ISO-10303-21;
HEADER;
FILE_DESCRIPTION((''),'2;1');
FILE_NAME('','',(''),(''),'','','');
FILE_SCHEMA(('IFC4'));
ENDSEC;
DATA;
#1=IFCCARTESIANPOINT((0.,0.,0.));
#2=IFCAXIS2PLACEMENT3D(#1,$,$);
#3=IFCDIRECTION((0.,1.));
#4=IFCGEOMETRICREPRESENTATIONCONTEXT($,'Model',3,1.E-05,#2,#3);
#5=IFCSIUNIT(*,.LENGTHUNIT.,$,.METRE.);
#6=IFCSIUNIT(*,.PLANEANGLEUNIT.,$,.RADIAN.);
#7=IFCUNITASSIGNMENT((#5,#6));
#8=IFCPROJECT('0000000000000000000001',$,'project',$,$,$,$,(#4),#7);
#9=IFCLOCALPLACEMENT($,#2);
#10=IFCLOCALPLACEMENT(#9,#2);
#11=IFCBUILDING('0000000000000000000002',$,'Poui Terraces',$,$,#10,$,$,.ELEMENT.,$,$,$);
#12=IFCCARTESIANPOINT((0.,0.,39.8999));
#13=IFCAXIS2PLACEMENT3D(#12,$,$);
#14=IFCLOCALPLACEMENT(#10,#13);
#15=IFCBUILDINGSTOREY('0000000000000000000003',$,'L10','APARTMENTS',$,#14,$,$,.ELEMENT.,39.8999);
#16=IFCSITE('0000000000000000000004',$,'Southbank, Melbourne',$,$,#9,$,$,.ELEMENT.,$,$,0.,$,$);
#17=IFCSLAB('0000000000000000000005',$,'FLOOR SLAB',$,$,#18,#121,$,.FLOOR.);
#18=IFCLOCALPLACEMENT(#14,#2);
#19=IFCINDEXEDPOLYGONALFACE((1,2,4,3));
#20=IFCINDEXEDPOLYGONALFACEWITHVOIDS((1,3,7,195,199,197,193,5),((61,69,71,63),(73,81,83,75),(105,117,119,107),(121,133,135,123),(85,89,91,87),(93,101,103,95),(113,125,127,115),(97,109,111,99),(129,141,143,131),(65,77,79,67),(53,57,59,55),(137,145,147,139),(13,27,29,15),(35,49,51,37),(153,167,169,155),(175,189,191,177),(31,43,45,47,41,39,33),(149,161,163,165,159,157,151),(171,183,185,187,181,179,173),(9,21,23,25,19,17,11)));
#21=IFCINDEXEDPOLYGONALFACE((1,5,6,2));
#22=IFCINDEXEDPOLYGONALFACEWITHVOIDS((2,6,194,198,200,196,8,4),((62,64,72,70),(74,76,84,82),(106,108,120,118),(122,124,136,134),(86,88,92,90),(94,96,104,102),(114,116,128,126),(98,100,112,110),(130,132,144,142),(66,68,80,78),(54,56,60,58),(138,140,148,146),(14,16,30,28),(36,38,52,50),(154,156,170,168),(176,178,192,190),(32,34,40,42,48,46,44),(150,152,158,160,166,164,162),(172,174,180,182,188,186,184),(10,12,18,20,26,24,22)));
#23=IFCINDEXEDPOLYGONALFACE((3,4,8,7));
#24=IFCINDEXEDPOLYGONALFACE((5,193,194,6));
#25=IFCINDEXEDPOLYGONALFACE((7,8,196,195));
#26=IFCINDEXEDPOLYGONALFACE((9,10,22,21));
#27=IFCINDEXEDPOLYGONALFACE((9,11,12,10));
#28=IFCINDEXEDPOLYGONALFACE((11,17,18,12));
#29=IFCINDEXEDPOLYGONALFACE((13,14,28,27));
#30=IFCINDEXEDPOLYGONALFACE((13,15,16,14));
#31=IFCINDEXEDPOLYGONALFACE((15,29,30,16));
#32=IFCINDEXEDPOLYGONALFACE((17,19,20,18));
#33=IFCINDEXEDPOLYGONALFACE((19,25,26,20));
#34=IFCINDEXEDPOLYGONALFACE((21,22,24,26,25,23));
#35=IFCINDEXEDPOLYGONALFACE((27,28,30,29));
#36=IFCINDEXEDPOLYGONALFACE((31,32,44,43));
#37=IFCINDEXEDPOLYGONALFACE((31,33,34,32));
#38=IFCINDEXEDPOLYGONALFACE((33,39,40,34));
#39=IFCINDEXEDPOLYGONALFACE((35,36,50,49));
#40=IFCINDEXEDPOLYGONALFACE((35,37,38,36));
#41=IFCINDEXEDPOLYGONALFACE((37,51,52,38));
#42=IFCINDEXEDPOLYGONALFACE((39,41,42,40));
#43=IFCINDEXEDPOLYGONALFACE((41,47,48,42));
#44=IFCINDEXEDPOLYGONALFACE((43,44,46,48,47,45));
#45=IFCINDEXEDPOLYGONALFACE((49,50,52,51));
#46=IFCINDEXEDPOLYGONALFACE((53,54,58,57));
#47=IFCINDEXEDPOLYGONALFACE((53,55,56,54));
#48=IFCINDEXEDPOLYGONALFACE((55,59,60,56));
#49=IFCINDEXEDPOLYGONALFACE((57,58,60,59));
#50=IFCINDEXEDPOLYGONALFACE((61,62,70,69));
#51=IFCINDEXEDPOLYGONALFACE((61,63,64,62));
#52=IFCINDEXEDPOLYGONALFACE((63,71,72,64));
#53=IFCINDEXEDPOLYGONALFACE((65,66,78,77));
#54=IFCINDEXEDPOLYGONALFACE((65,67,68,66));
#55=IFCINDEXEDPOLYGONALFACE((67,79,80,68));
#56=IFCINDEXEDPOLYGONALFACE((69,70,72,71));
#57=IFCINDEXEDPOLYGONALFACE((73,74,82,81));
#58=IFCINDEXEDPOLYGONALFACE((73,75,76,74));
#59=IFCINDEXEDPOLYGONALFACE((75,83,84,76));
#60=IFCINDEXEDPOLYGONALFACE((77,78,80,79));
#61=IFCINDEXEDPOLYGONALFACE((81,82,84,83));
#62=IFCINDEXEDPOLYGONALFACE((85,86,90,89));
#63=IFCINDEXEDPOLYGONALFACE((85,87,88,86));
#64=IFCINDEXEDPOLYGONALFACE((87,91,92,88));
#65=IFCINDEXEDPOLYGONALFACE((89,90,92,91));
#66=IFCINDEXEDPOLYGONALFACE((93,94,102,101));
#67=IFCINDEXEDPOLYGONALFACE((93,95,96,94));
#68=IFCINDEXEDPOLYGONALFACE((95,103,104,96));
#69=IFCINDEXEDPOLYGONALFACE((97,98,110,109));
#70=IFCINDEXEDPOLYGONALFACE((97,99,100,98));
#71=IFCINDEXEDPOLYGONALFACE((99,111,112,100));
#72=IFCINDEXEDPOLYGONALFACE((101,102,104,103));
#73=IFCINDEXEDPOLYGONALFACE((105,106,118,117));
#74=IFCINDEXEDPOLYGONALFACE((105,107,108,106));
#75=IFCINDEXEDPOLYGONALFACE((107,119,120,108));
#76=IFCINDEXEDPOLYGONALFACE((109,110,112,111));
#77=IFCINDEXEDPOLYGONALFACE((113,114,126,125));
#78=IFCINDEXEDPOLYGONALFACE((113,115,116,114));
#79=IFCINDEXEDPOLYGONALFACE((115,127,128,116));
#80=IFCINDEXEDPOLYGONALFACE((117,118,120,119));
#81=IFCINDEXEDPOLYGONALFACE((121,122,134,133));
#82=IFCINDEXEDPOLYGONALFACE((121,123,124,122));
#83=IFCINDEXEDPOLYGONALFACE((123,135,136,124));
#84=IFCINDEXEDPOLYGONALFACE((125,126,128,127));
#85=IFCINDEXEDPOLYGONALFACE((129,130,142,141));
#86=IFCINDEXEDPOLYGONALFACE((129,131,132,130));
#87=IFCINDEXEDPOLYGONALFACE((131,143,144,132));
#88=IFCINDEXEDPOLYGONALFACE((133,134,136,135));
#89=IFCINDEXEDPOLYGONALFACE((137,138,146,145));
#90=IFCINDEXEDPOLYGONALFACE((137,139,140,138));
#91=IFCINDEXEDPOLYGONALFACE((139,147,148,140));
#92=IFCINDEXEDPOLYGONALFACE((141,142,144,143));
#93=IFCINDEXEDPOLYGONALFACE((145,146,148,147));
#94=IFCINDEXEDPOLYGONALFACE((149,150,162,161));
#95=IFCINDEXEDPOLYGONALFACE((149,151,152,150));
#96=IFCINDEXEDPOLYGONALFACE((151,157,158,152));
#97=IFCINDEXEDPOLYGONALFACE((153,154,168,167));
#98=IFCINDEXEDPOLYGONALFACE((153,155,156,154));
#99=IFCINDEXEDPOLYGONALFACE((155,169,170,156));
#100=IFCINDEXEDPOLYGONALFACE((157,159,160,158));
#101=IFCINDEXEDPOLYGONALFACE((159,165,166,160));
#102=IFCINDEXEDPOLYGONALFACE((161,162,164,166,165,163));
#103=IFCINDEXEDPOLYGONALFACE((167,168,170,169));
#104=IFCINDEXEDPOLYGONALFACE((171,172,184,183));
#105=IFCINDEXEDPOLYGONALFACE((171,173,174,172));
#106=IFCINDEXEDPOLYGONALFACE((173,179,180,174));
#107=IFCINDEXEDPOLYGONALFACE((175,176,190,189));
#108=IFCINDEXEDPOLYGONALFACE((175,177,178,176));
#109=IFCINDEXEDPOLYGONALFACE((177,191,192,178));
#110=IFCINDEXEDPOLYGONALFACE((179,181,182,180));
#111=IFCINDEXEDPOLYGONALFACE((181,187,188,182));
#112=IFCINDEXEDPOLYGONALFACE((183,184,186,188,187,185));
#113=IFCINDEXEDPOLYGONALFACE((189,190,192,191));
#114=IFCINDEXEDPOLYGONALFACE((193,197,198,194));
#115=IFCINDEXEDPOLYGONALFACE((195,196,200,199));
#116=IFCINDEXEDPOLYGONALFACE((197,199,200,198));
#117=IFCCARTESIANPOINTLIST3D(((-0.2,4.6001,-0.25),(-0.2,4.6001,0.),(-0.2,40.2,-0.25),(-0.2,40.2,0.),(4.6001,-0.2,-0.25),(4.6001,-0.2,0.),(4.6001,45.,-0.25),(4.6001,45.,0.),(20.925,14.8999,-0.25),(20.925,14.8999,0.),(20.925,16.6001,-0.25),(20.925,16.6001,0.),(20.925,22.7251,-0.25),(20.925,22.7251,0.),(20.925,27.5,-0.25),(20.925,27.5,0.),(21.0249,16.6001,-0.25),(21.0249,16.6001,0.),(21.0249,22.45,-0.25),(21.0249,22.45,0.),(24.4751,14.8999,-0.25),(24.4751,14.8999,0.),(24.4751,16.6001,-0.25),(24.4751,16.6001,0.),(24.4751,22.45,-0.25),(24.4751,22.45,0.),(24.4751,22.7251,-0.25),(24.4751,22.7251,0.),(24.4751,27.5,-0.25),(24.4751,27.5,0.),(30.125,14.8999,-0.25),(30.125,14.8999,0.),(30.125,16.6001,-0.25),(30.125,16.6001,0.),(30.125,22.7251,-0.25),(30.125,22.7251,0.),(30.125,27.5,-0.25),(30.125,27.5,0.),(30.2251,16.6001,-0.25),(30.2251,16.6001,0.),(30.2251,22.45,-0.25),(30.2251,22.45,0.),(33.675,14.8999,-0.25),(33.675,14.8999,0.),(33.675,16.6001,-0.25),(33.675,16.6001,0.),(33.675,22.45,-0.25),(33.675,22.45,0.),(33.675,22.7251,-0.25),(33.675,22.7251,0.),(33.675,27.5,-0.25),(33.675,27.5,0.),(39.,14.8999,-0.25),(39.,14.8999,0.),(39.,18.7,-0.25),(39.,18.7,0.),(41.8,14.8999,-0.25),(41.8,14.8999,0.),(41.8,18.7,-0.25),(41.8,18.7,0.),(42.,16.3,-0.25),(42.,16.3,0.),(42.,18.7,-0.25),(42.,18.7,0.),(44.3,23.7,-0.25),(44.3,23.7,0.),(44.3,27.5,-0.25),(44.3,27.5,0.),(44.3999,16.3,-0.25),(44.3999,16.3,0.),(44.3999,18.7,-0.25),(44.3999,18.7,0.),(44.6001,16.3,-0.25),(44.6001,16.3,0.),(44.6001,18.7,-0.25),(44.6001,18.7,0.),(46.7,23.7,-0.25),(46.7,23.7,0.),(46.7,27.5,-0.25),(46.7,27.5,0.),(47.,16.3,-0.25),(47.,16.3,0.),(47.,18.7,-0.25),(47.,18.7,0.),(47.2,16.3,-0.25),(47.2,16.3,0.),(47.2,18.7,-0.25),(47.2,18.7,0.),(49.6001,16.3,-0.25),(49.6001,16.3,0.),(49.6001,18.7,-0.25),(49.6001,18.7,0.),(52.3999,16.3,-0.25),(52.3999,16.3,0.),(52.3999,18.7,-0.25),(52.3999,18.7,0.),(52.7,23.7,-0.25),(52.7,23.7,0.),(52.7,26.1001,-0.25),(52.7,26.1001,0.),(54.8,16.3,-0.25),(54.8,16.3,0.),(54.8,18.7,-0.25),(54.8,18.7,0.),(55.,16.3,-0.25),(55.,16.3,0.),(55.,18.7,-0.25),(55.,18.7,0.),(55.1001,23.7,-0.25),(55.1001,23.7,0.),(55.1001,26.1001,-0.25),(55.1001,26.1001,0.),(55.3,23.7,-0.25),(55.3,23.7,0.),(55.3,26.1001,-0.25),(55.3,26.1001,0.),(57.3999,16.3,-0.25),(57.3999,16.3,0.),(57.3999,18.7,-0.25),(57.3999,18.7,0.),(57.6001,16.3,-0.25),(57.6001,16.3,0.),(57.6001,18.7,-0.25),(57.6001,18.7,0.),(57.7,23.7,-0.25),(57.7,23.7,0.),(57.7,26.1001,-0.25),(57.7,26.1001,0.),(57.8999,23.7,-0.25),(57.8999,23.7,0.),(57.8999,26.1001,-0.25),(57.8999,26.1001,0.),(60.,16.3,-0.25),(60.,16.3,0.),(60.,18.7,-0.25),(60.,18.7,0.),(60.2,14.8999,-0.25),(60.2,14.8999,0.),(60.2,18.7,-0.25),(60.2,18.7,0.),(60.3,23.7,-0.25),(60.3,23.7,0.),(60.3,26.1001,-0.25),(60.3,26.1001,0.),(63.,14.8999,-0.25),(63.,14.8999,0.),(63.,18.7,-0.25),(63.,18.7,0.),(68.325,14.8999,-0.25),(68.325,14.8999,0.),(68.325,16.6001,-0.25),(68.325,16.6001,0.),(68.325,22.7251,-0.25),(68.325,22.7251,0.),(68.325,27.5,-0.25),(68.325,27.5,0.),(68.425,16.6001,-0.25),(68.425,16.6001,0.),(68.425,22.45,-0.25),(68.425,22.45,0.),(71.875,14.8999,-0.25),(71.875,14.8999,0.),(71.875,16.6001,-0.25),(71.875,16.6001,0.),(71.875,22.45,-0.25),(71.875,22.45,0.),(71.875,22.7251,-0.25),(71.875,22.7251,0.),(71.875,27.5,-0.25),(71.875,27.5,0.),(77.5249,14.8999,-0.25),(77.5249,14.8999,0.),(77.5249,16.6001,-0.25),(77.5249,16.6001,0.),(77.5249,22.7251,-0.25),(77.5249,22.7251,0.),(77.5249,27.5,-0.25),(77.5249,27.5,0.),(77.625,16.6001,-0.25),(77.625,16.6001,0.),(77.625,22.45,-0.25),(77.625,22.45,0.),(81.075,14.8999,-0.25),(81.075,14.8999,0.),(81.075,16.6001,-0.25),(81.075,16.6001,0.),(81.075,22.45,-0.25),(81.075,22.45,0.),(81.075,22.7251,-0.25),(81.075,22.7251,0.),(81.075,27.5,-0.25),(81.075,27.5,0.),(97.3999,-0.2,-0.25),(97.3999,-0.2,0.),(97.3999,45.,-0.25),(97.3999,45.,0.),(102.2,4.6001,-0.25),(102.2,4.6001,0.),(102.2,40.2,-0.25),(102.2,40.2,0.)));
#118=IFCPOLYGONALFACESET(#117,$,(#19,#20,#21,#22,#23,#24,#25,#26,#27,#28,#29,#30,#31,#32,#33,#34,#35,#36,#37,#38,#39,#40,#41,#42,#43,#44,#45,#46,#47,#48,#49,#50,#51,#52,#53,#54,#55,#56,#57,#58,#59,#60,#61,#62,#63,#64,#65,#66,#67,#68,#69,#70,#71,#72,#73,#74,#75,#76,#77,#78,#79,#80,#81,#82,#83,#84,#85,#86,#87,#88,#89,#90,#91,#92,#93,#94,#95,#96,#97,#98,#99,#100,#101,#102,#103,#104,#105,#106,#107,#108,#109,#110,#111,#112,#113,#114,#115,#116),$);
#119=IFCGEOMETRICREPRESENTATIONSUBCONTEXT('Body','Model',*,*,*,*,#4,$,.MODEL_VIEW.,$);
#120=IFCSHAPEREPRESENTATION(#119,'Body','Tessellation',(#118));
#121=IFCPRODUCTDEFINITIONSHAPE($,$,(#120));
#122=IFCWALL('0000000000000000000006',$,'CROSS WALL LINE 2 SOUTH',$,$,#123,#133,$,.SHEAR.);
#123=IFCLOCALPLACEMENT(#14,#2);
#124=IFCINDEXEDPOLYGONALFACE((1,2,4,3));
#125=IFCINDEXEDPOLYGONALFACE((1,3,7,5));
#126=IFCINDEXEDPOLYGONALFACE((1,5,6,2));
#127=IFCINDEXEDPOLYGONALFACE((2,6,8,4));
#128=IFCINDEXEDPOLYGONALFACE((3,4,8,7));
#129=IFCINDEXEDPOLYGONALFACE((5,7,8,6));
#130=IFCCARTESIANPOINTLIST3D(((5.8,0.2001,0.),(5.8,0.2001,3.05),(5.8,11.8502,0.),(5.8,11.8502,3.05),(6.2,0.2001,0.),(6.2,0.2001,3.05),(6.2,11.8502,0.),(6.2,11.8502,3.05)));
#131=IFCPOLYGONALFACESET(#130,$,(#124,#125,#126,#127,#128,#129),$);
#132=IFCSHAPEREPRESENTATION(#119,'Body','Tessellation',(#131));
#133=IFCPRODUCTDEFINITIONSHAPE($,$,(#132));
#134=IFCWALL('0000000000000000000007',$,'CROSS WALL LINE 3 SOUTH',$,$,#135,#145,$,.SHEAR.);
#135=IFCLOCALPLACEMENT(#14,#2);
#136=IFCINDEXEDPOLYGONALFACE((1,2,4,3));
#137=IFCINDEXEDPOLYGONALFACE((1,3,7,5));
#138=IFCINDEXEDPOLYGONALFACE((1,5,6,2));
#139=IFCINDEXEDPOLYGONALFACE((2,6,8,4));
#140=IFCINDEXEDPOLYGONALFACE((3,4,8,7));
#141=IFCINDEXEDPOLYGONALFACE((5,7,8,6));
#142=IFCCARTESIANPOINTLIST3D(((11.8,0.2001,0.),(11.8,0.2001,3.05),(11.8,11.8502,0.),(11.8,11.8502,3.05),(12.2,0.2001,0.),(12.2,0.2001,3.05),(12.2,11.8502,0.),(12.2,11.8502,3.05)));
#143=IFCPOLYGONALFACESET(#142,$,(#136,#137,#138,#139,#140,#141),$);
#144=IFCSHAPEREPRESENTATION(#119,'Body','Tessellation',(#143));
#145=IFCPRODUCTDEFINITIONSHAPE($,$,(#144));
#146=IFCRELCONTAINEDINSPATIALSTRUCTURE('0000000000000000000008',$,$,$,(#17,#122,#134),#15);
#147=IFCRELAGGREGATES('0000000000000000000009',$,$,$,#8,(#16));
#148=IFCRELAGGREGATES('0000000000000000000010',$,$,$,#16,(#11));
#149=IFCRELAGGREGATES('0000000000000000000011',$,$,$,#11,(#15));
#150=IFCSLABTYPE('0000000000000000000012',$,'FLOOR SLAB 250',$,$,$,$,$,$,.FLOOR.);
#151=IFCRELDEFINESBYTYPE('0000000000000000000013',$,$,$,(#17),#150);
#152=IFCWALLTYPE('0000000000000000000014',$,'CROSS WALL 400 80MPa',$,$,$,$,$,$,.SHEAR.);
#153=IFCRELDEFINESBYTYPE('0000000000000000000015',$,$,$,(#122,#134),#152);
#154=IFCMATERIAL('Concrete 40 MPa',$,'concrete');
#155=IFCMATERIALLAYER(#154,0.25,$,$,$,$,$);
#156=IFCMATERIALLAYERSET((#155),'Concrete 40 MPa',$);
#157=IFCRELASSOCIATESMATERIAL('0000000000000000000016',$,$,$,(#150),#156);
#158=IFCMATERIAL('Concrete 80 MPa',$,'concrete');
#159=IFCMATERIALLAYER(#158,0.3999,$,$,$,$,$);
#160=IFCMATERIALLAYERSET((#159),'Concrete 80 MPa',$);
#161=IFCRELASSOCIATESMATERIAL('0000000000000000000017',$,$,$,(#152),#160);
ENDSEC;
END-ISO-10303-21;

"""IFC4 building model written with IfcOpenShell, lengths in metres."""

from ifc_helpers import new_model, si_unit, direction, frame, frame_2d, origin, place, context, subcontext, project, spatial, polyline, rectangle, outline, extrude, source, transform, mapped, material, layer, layer_set, type_object, element, save


model = new_model("IFC4")

# Units and contexts
model_context = context("Model", 3, precision=1e-05, world=origin(), true_north=direction((0.0, 1.0)))
body_context = subcontext(model_context, "Body", "Model", "MODEL_VIEW")
ifc_project = project(units=[si_unit("LENGTHUNIT", "METRE"), si_unit("PLANEANGLEUNIT", "RADIAN")], contexts=[model_context])

# Site, building, storey
site_placement = place(None, origin())
site = spatial("IfcSite", under=ifc_project, at=site_placement, Name="Southbank, Melbourne", CompositionType="ELEMENT", RefElevation=0.0)
building_placement = place(site_placement, origin())
building = spatial("IfcBuilding", under=site, at=building_placement, Name="Poui Terraces", CompositionType="ELEMENT")
storey_placement = place(building_placement, frame((0.0, 0.0, 39.8999)))
storey = spatial("IfcBuildingStorey", under=building, at=storey_placement, Name="L10", Description="APARTMENTS", CompositionType="ELEMENT", Elevation=39.8999)

# Shared definitions
ifc_material_1 = material(Name="Concrete 80 MPa", Category="concrete")

# Slab
ifc_material_2 = material(Name="Concrete 40 MPa", Category="concrete")
ifc_layer_1 = layer(ifc_material_2, 0.25)
ifc_layer_set_1 = layer_set([ifc_layer_1], Name="Concrete 40 MPa")
slab_type_1 = type_object("IfcSlabType", Name="FLOOR SLAB 250", PredefinedType="FLOOR", material=ifc_layer_set_1)
shared_shape = source(origin(), body_context, "Body", "SweptSolid", [
    extrude(outline(polyline([(0.0, 0.0), (4.8, -4.8), (97.5999, -4.8), (102.3999, 0.0), (102.3999, 35.5999), (97.5999, 40.3999), (4.8, 40.3999), (0.0, 35.5999), (0.0, 0.0)]), holes=[polyline([(39.2, 10.2998), (39.2, 14.0999), (42.0, 14.0999), (42.0, 10.2998), (39.2, 10.2998)]), polyline([(42.2, 11.7), (42.2, 14.0999), (44.5999, 14.0999), (44.5999, 11.7), (42.2, 11.7)]), polyline([(44.8, 11.7), (44.8, 14.0999), (47.2, 14.0999), (47.2, 11.7), (44.8, 11.7)]), polyline([(47.3999, 14.0999), (49.8, 14.0999), (49.8, 11.7), (47.3999, 11.7), (47.3999, 14.0999)]), polyline([(52.5999, 14.0999), (55.0, 14.0999), (55.0, 11.7), (52.5999, 11.7), (52.5999, 14.0999)]), polyline([(21.2249, 17.8499), (24.675, 17.8499), (24.675, 12.0), (24.675, 10.2998), (21.125, 10.2998), (21.125, 12.0), (21.2249, 12.0), (21.2249, 17.8499)]), polyline([(30.425, 17.8499), (33.875, 17.8499), (33.875, 12.0), (33.875, 10.2998), (30.325, 10.2998), (30.325, 12.0), (30.425, 12.0), (30.425, 17.8499)]), polyline([(21.125, 18.125), (21.125, 22.8999), (24.675, 22.8999), (24.675, 18.125), (21.125, 18.125)]), polyline([(30.325, 22.8999), (33.875, 22.8999), (33.875, 18.125), (30.325, 18.125), (30.325, 22.8999)]), polyline([(44.5, 22.8999), (46.8999, 22.8999), (46.8999, 19.0999), (44.5, 19.0999), (44.5, 22.8999)]), polyline([(60.3999, 10.2998), (60.3999, 14.0999), (63.2, 14.0999), (63.2, 10.2998), (60.3999, 10.2998)]), polyline([(55.2, 11.7), (55.2, 14.0999), (57.5999, 14.0999), (57.5999, 11.7), (55.2, 11.7)]), polyline([(57.8, 11.7), (57.8, 14.0999), (60.2, 14.0999), (60.2, 11.7), (57.8, 11.7)]), polyline([(72.075, 17.8499), (72.075, 12.0), (72.075, 10.2998), (68.5249, 10.2998), (68.5249, 12.0), (68.625, 12.0), (68.625, 17.8499), (72.075, 17.8499)]), polyline([(81.2749, 17.8499), (81.2749, 12.0), (81.2749, 10.2998), (77.7249, 10.2998), (77.7249, 12.0), (77.825, 12.0), (77.825, 17.8499), (81.2749, 17.8499)]), polyline([(52.8999, 19.0999), (52.8999, 21.5), (55.3, 21.5), (55.3, 19.0999), (52.8999, 19.0999)]), polyline([(55.5, 19.0999), (55.5, 21.5), (57.8999, 21.5), (57.8999, 19.0999), (55.5, 19.0999)]), polyline([(58.0999, 19.0999), (58.0999, 21.5), (60.5, 21.5), (60.5, 19.0999), (58.0999, 19.0999)]), polyline([(68.5249, 22.8999), (72.075, 22.8999), (72.075, 18.125), (68.5249, 18.125), (68.5249, 22.8999)]), polyline([(77.7249, 22.8999), (81.2749, 22.8999), (81.2749, 18.125), (77.7249, 18.125), (77.7249, 22.8999)])]), origin(), (0.0, 0.0, 1.0), 0.25),
])
slab_1_placement = place(storey_placement, frame((-0.2, 4.6001, -0.25)))
element("IfcSlab", 1, at=slab_1_placement, inside=storey, type_object=slab_type_1, Name="FLOOR SLAB", PredefinedType="FLOOR", context=body_context, shape_type="MappedRepresentation", body=[
    mapped(shared_shape, transform((0.0, 0.0, 0.0))),
])

# Walls
ifc_layer_2 = layer(ifc_material_1, 0.3999)
ifc_layer_set_2 = layer_set([ifc_layer_2], Name="Concrete 80 MPa")
wall_type_1 = type_object("IfcWallType", Name="CROSS WALL 400 80MPa", PredefinedType="SHEAR", material=ifc_layer_set_2)
for number, where, z_axis, x_axis, name in (
    (2, (6.0, 0.2, 0.0), (0.0, 0.0, 1.0), (0.0, 1.0, 0.0), "CROSS WALL LINE 2 SOUTH"),
    (3, (12.0, 0.2, 0.0), (0.0, 0.0, 1.0), (0.0, 1.0, 0.0), "CROSS WALL LINE 3 SOUTH"),
):
    element("IfcWall", number, at=place(storey_placement, frame(where, z_axis=z_axis, x_axis=x_axis)), inside=storey, type_object=wall_type_1, Name=name, PredefinedType="SHEAR", context=body_context, shape_type="SweptSolid", body=[
        extrude(rectangle(XDim=11.6501, YDim=0.3999, at=frame_2d((5.8252, 0.0))), origin(), (0.0, 0.0, 1.0), 3.05),
    ])

save(model, "model.ifc")
